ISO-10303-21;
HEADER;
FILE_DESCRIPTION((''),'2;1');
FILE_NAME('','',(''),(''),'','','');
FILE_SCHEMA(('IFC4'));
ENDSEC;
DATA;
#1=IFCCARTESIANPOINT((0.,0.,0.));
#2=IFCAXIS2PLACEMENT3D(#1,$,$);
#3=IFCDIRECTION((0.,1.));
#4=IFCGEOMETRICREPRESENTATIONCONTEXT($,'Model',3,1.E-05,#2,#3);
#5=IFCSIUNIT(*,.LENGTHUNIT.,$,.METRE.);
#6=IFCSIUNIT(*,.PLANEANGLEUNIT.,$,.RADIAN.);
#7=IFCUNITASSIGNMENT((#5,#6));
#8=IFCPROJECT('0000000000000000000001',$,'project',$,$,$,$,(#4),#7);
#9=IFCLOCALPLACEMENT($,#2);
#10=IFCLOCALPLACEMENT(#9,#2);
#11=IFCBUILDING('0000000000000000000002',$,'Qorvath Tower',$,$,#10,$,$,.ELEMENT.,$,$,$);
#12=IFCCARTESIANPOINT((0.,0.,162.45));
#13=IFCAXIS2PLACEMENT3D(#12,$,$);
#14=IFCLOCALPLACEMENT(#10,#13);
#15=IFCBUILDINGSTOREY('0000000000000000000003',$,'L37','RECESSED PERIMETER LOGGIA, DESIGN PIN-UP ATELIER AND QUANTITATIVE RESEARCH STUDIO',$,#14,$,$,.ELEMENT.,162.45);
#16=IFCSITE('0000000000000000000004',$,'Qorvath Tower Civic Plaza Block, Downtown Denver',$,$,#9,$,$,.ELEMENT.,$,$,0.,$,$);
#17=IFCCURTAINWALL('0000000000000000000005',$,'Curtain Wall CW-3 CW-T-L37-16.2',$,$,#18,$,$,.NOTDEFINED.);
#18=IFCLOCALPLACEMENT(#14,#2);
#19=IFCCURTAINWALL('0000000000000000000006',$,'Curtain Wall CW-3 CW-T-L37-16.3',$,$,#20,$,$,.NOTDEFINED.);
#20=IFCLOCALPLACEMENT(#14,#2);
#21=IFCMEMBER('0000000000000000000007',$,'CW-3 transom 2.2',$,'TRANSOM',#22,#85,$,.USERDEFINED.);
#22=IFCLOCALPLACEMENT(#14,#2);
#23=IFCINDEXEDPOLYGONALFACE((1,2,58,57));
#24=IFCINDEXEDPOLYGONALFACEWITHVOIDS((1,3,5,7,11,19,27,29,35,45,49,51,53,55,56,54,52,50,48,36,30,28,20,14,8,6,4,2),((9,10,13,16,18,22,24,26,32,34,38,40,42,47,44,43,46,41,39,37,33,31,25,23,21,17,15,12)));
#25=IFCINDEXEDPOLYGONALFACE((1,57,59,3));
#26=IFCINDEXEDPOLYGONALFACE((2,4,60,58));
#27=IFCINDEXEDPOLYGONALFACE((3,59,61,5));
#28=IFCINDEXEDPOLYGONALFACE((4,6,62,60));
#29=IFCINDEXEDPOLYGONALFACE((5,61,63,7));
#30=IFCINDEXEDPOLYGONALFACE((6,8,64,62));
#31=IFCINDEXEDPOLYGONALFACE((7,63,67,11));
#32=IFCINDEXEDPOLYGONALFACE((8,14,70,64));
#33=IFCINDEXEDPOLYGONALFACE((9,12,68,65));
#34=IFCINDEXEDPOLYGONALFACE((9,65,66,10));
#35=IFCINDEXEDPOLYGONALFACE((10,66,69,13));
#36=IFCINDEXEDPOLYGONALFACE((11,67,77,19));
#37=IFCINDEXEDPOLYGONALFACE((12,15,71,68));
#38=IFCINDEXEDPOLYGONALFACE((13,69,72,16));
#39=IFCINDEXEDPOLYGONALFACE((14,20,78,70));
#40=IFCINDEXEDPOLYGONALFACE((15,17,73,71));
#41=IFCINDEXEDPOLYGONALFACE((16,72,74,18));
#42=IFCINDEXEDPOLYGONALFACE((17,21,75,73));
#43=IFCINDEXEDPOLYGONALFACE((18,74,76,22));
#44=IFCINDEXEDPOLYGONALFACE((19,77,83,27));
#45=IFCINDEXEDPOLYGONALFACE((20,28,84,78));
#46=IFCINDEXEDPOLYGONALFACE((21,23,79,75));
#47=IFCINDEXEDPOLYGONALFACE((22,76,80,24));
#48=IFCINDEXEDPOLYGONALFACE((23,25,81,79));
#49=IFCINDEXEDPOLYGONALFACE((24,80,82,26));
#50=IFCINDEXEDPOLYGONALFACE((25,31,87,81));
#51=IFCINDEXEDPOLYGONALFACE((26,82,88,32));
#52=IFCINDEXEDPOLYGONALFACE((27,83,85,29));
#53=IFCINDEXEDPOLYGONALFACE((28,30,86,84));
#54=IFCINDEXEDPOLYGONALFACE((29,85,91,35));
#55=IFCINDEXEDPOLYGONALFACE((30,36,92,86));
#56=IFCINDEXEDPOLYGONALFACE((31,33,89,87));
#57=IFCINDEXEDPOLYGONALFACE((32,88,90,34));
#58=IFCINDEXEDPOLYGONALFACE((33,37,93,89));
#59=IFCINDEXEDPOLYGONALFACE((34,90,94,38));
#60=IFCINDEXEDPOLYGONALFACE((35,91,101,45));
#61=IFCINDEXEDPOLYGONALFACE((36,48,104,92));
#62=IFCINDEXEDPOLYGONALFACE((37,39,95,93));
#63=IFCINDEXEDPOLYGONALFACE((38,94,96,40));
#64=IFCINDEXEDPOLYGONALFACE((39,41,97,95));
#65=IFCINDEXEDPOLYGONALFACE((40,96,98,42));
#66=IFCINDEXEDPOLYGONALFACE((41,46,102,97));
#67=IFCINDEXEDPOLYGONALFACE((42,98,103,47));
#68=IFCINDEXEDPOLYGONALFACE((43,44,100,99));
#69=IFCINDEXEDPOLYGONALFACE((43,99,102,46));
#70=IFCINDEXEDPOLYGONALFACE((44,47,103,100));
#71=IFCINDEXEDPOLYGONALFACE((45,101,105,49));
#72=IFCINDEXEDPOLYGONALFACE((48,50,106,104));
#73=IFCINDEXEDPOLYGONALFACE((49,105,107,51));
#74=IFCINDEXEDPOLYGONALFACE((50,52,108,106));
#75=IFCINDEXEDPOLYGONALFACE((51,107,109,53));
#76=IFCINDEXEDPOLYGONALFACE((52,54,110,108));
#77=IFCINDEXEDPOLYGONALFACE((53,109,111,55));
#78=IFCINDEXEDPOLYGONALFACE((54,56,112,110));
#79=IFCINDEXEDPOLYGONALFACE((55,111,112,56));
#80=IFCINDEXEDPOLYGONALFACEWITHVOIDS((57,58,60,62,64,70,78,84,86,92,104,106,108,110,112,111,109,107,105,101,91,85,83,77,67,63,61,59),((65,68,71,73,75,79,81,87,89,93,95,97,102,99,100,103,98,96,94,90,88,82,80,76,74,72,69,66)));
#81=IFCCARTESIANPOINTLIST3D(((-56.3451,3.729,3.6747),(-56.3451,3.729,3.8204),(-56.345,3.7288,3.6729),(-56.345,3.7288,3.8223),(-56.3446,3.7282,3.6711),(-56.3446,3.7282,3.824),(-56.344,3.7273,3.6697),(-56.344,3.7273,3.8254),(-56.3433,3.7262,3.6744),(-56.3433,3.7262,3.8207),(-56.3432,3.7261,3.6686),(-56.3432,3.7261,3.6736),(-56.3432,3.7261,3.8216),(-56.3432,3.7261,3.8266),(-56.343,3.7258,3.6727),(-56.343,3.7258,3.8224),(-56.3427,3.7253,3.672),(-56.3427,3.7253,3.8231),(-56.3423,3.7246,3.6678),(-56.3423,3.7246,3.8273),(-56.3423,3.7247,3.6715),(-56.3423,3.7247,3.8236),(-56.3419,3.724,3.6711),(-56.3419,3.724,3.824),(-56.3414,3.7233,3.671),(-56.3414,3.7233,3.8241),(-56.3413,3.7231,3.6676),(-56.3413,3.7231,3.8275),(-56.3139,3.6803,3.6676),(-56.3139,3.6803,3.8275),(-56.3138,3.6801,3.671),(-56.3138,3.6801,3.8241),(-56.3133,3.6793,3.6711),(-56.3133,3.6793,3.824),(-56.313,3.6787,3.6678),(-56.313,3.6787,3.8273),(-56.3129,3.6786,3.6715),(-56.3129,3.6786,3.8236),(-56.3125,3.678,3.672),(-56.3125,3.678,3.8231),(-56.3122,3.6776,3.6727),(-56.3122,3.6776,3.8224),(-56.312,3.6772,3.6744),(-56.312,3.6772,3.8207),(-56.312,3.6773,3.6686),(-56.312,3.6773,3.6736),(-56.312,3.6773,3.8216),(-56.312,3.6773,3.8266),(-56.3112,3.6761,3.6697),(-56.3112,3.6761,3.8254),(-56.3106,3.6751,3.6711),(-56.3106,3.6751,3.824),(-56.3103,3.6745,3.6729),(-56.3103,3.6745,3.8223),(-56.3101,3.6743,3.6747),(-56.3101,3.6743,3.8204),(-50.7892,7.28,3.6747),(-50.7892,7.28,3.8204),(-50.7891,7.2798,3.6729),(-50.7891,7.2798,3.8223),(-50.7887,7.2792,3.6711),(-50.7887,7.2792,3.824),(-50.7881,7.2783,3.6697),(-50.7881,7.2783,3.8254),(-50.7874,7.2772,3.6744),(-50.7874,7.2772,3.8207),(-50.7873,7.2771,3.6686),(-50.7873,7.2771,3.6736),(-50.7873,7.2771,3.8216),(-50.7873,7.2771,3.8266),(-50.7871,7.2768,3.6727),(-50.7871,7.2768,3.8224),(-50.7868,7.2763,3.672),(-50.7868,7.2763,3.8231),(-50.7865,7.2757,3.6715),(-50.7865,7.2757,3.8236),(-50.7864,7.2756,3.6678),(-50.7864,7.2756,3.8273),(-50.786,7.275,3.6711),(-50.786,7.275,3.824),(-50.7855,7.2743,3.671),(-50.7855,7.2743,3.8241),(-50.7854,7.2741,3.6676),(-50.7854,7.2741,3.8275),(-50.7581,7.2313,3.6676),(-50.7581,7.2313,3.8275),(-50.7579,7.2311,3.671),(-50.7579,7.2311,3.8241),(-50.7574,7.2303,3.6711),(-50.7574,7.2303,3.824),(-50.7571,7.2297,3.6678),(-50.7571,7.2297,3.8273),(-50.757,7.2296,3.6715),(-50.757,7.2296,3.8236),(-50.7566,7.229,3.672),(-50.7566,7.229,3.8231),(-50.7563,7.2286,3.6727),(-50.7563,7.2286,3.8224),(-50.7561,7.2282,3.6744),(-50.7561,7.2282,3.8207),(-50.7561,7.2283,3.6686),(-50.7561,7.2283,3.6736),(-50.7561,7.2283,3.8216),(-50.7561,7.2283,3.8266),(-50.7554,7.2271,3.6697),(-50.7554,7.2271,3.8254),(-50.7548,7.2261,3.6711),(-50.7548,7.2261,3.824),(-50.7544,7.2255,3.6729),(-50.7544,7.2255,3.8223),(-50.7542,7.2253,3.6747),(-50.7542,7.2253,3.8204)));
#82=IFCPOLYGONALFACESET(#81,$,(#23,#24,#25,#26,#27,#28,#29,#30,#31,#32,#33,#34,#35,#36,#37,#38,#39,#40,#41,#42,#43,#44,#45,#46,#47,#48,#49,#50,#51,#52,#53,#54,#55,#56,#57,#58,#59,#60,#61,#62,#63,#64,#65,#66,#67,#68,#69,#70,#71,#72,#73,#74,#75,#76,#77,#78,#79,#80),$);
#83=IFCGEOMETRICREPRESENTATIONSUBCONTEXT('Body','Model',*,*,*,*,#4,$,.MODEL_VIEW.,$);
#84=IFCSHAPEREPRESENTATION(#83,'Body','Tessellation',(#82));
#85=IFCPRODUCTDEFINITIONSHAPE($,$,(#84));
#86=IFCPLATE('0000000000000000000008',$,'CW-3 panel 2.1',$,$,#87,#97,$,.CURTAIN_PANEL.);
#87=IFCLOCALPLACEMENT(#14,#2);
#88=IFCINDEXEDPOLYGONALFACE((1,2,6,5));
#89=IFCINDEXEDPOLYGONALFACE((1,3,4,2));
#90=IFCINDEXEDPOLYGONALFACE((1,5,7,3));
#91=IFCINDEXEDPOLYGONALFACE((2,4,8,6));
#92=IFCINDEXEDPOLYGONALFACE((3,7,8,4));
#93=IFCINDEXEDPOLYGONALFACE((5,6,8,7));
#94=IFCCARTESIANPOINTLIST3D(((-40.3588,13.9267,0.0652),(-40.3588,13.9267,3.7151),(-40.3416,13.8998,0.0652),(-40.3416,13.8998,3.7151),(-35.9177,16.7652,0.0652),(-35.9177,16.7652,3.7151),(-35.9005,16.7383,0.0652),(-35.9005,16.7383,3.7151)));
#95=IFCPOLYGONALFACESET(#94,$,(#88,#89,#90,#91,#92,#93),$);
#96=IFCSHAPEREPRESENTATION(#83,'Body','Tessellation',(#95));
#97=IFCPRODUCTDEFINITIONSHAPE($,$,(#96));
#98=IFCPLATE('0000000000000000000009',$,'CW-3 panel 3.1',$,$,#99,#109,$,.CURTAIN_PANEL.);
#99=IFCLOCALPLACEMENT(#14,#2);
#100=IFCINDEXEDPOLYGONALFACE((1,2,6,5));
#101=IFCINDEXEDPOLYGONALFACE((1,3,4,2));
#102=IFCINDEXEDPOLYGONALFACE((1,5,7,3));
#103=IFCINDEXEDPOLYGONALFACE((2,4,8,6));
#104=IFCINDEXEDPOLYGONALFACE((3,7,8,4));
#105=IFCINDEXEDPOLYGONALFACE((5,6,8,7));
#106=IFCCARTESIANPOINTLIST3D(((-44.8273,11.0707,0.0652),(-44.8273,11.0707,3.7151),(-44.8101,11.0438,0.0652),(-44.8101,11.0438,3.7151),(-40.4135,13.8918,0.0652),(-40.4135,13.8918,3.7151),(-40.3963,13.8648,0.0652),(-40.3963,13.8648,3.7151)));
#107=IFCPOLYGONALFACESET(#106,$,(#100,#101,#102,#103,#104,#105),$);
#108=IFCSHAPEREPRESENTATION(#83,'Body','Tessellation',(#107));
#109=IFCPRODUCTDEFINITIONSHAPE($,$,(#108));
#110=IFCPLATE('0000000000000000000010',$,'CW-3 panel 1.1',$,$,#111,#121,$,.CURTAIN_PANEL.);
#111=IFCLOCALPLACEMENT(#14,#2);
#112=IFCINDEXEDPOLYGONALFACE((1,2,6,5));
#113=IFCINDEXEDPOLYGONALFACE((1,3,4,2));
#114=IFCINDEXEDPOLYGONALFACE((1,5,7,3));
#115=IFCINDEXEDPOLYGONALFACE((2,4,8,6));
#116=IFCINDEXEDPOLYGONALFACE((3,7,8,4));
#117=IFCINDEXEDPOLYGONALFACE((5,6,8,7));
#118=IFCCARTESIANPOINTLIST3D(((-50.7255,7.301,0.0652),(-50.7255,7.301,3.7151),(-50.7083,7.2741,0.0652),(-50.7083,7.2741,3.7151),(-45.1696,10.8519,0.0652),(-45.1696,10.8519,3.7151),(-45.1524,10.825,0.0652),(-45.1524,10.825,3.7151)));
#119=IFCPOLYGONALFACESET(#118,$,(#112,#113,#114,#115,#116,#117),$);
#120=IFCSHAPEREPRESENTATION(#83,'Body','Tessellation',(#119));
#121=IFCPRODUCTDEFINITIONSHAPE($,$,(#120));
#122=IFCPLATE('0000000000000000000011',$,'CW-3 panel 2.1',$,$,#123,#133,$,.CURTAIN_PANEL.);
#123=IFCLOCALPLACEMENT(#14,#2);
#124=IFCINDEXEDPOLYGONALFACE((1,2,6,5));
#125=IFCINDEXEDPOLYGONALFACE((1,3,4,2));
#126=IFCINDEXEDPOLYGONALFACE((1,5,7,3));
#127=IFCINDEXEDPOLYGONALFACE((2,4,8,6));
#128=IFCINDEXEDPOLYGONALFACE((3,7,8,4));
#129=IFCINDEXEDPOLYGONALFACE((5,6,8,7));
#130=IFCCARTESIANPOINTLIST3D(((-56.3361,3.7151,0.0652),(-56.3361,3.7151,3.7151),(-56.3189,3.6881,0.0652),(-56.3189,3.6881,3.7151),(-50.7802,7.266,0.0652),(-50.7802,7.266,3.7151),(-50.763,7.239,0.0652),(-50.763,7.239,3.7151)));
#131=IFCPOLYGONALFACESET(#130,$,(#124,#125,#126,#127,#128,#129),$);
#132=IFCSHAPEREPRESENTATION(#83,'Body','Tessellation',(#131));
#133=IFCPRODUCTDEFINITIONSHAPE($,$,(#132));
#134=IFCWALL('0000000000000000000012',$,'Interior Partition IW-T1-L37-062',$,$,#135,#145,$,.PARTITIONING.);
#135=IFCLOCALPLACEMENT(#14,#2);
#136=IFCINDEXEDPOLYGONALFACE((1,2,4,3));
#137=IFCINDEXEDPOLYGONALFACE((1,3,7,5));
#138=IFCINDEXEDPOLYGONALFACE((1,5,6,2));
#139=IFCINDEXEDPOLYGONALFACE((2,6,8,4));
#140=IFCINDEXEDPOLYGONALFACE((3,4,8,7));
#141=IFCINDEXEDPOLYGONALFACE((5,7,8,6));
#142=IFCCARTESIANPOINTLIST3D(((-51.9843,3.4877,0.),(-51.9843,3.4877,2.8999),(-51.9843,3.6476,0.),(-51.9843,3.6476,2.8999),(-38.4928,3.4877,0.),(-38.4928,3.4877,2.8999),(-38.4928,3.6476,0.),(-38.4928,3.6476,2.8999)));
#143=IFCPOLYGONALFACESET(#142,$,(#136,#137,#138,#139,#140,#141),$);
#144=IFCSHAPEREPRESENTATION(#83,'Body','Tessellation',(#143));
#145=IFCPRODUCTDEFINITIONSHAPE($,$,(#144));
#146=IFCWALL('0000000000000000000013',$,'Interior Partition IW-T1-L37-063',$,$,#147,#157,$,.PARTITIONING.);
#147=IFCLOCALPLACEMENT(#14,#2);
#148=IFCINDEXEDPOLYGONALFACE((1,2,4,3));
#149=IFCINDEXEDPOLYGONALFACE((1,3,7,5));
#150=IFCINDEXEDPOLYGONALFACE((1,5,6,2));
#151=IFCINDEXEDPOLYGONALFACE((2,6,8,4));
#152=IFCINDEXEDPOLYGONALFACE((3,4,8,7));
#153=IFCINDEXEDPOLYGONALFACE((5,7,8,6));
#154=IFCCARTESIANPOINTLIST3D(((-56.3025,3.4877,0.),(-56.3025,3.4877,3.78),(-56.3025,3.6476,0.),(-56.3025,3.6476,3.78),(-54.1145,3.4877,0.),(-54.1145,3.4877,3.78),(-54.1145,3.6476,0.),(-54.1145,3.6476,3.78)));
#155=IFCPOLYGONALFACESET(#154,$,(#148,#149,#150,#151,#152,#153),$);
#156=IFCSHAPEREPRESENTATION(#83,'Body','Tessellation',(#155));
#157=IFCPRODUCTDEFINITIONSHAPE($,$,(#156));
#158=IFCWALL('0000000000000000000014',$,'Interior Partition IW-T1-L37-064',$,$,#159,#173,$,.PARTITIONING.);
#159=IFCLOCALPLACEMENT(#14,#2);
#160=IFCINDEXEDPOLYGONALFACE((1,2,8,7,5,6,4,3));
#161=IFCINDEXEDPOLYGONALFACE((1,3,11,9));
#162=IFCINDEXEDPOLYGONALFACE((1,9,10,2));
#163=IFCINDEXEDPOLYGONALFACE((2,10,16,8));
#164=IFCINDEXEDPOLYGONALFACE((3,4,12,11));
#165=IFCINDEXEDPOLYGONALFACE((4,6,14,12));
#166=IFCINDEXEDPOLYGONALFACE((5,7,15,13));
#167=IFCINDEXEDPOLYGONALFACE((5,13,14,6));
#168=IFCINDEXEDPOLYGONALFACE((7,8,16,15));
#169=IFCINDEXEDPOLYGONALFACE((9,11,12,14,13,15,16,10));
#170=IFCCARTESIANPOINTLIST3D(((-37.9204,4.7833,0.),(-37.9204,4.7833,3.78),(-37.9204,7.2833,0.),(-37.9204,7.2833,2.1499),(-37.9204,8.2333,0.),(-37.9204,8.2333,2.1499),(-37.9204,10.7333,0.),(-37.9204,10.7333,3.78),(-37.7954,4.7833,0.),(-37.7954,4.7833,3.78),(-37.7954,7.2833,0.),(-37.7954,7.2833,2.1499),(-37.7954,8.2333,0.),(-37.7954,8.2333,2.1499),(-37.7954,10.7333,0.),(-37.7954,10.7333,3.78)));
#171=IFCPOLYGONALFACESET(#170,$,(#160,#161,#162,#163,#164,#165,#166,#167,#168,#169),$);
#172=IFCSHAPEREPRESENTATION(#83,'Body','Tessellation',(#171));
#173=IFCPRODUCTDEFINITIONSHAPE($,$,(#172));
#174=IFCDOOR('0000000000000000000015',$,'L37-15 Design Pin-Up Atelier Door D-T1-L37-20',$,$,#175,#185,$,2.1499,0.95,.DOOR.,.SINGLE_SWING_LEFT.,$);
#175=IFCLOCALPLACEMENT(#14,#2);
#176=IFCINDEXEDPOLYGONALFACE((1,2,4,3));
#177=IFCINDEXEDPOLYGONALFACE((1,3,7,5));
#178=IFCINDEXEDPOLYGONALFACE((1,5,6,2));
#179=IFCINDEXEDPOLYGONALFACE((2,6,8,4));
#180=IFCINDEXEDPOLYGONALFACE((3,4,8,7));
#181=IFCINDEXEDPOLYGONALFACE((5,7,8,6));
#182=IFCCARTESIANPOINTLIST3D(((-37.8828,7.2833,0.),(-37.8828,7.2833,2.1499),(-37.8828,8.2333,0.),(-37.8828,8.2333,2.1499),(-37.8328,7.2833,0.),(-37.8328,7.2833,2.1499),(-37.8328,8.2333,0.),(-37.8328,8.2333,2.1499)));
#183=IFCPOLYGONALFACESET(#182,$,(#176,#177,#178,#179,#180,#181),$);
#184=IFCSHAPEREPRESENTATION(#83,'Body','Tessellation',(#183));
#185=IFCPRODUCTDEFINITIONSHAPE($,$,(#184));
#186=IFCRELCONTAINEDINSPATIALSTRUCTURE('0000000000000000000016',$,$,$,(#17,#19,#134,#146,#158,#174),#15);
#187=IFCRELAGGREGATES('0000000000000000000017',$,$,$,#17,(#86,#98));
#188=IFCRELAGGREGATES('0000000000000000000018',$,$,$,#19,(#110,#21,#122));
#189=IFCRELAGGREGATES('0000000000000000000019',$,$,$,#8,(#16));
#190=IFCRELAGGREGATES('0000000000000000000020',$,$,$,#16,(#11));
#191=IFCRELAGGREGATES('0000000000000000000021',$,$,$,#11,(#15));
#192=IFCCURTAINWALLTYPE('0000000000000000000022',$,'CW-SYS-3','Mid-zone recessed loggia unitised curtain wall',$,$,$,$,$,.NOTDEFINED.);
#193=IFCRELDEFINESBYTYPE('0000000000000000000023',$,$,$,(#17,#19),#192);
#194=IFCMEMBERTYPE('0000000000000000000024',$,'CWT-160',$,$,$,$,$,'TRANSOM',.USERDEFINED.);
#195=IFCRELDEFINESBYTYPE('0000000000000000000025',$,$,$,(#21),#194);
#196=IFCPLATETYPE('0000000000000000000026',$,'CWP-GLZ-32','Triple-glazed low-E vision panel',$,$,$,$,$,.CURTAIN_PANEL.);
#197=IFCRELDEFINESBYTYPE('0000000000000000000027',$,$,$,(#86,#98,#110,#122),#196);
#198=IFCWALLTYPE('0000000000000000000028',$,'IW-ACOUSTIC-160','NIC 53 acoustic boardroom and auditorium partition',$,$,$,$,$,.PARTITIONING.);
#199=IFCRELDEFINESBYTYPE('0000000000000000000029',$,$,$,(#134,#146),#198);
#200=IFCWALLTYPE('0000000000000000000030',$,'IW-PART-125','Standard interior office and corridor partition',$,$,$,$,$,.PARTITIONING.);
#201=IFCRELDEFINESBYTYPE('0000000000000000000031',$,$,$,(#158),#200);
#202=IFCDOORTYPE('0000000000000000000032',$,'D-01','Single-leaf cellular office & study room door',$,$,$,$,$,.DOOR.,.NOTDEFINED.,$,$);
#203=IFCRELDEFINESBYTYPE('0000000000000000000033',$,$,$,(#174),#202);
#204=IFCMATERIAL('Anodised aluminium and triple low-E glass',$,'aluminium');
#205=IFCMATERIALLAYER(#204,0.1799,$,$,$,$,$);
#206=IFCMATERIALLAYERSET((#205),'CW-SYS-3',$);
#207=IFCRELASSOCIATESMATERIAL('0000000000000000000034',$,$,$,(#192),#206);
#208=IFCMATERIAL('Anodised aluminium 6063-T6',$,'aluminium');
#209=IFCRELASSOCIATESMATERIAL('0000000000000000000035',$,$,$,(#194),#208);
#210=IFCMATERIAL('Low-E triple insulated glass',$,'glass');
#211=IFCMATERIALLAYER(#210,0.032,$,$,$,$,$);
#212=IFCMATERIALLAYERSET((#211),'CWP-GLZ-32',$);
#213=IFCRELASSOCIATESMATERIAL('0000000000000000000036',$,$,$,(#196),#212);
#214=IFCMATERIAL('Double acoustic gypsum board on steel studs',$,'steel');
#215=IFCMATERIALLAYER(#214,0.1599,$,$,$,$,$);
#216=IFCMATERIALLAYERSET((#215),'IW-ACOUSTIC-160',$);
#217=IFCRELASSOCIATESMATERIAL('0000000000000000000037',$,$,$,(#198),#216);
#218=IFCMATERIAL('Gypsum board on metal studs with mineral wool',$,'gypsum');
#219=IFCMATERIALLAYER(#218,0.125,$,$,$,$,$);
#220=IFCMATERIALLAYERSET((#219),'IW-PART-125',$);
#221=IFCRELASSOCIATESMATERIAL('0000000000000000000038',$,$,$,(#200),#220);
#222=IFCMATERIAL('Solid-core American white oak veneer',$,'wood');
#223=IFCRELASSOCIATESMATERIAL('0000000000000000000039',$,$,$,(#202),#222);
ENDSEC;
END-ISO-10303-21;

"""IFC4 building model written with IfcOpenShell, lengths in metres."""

from ifc_helpers import new_model, si_unit, direction, frame, frame_2d, origin, origin_2d, place, context, subcontext, project, spatial, rectangle, hollow_rectangle, extrude, material, layer, layer_set, material_profile, profile_set, type_object, element, fill, aggregate, save


model = new_model("IFC4")

# Units and contexts
model_context = context("Model", 3, precision=1e-05, world=origin(), true_north=direction((0.0, 1.0)))
body_context = subcontext(model_context, "Body", "Model", "MODEL_VIEW")
ifc_project = project(units=[si_unit("LENGTHUNIT", "METRE"), si_unit("PLANEANGLEUNIT", "RADIAN")], contexts=[model_context])

# Site, building, storey
site_placement = place(None, origin())
site = spatial("IfcSite", under=ifc_project, at=site_placement, Name="Qorvath Tower Civic Plaza Block, Downtown Denver", CompositionType="ELEMENT", RefElevation=0.0)
building_placement = place(site_placement, origin())
building = spatial("IfcBuilding", under=site, at=building_placement, Name="Qorvath Tower", CompositionType="ELEMENT")
storey_placement = place(building_placement, frame((0.0, 0.0, 162.45)))
storey = spatial("IfcBuildingStorey", under=building, at=storey_placement, Name="L37", Description="RECESSED PERIMETER LOGGIA, DESIGN PIN-UP ATELIER AND QUANTITATIVE RESEARCH STUDIO", CompositionType="ELEMENT", Elevation=162.45)

# Curtain walls
ifc_material_1 = material(Name="Anodised aluminium and triple low-E glass", Category="aluminium")
ifc_layer_1 = layer(ifc_material_1, 0.1799)
ifc_layer_set_1 = layer_set([ifc_layer_1], Name="CW-SYS-3")
curtain_wall_type = type_object("IfcCurtainWallType", Name="CW-SYS-3", Description="Mid-zone recessed loggia unitised curtain wall", PredefinedType="NOTDEFINED", material=ifc_layer_set_1)
curtain_wall_1_placement = place(storey_placement, origin())
curtain_wall_1 = element("IfcCurtainWall", 1, at=curtain_wall_1_placement, inside=storey, type_object=curtain_wall_type, Name="Curtain Wall CW-3 CW-T-L37-16.2", PredefinedType="NOTDEFINED")
curtain_wall_2_placement = place(storey_placement, origin())
curtain_wall_2 = element("IfcCurtainWall", 2, at=curtain_wall_2_placement, inside=storey, type_object=curtain_wall_type, Name="Curtain Wall CW-3 CW-T-L37-16.3", PredefinedType="NOTDEFINED")

# Member
ifc_material_2 = material(Name="Anodised aluminium 6063-T6", Category="aluminium")
ifc_material_profile_1 = material_profile(ifc_material_2, hollow_rectangle(XDim=0.0649, YDim=0.1599, WallThickness=0.0034, InnerFilletRadius=0.0034, OuterFilletRadius=0.0071, at=origin_2d()), Name="CWT 160x65")
ifc_profile_set_1 = profile_set([ifc_material_profile_1], Name="Anodised aluminium 6063-T6")
member_type_1 = type_object("IfcMemberType", Name="CWT-160", ElementType="TRANSOM", PredefinedType="USERDEFINED", material=ifc_profile_set_1)
member_1_placement = place(storey_placement, frame((-50.7717, 7.2527, 3.7476), z_axis=(-0.842599, -0.538542, 0.0), x_axis=(0.538542, -0.842599, 0.0)))
member_1 = element("IfcMember", 3, at=member_1_placement, type_object=member_type_1, Name="CW-3 transom 2.2", ObjectType="TRANSOM", PredefinedType="USERDEFINED", context=body_context, shape_type="SweptSolid", body=[
    extrude(hollow_rectangle(XDim=0.0649, YDim=0.1599, WallThickness=0.0034, InnerFilletRadius=0.0034, OuterFilletRadius=0.0071, at=origin_2d()), origin(), (0.0, 0.0, 1.0), 6.5938),
])

# Plates
ifc_material_3 = material(Name="Low-E triple insulated glass", Category="glass")
ifc_layer_2 = layer(ifc_material_3, 0.032)
ifc_layer_set_2 = layer_set([ifc_layer_2], Name="CWP-GLZ-32")
plate_type = type_object("IfcPlateType", Name="CWP-GLZ-32", Description="Triple-glazed low-E vision panel", PredefinedType="CURTAIN_PANEL", material=ifc_layer_set_2)
plate_1_placement = place(storey_placement, frame((-38.1296, 15.3325, 0.0652), z_axis=(0.0, 0.0, 1.0), x_axis=(-0.8426, -0.538539, 0.0)))
plate_1 = element("IfcPlate", 4, at=plate_1_placement, type_object=plate_type, Name="CW-3 panel 2.1", PredefinedType="CURTAIN_PANEL", context=body_context, shape_type="SweptSolid", body=[
    extrude(rectangle(XDim=5.2708, YDim=0.032, at=origin_2d()), origin(), (0.0, 0.0, 1.0), 3.6499),
])
plate_2_placement = place(storey_placement, frame((-42.6118, 12.4678, 0.0652), z_axis=(0.0, 0.0, 1.0), x_axis=(-0.8426, -0.538539, 0.0)))
plate_2 = element("IfcPlate", 5, at=plate_2_placement, type_object=plate_type, Name="CW-3 panel 3.1", PredefinedType="CURTAIN_PANEL", context=body_context, shape_type="SweptSolid", body=[
    extrude(rectangle(XDim=5.2383, YDim=0.032, at=origin_2d()), origin(), (0.0, 0.0, 1.0), 3.6499),
])
aggregate(curtain_wall_1, [plate_1, plate_2])
plate_3_placement = place(storey_placement, frame((-47.939, 9.063, 0.0652), z_axis=(0.0, 0.0, 1.0), x_axis=(-0.842607, -0.538529, 0.0)))
plate_3 = element("IfcPlate", 6, at=plate_3_placement, type_object=plate_type, Name="CW-3 panel 1.1", PredefinedType="CURTAIN_PANEL", context=body_context, shape_type="SweptSolid", body=[
    extrude(rectangle(XDim=6.5938, YDim=0.032, at=origin_2d()), origin(), (0.0, 0.0, 1.0), 3.6499),
])
plate_4_placement = place(storey_placement, frame((-53.5496, 5.4771, 0.0652), z_axis=(0.0, 0.0, 1.0), x_axis=(-0.842607, -0.538529, 0.0)))
plate_4 = element("IfcPlate", 7, at=plate_4_placement, type_object=plate_type, Name="CW-3 panel 2.1", PredefinedType="CURTAIN_PANEL", context=body_context, shape_type="SweptSolid", body=[
    extrude(rectangle(XDim=6.5938, YDim=0.032, at=origin_2d()), origin(), (0.0, 0.0, 1.0), 3.6499),
])
aggregate(curtain_wall_2, [plate_3, member_1, plate_4])

# Walls
ifc_material_4 = material(Name="Double acoustic gypsum board on steel studs", Category="steel")
ifc_layer_3 = layer(ifc_material_4, 0.1599)
ifc_layer_set_3 = layer_set([ifc_layer_3], Name="IW-ACOUSTIC-160")
wall_type_1 = type_object("IfcWallType", Name="IW-ACOUSTIC-160", Description="NIC 53 acoustic boardroom and auditorium partition", PredefinedType="PARTITIONING", material=ifc_layer_set_3)
wall_1_placement = place(storey_placement, frame((-38.4929, 3.5676, 0.0), z_axis=(0.0, 0.0, 1.0), x_axis=(-1.0, 0.0, 0.0)))
element("IfcWall", 8, at=wall_1_placement, inside=storey, type_object=wall_type_1, Name="Interior Partition IW-T1-L37-062", PredefinedType="PARTITIONING", context=body_context, shape_type="SweptSolid", body=[
    extrude(rectangle(XDim=13.4915, YDim=0.1599, at=frame_2d((6.7456, 0.0))), origin(), (0.0, 0.0, 1.0), 2.8999),
])
wall_2_placement = place(storey_placement, frame((-54.1145, 3.5676, 0.0), z_axis=(0.0, 0.0, 1.0), x_axis=(-1.0, 0.0, 0.0)))
element("IfcWall", 9, at=wall_2_placement, inside=storey, type_object=wall_type_1, Name="Interior Partition IW-T1-L37-063", PredefinedType="PARTITIONING", context=body_context, shape_type="SweptSolid", body=[
    extrude(rectangle(XDim=2.188, YDim=0.1599, at=frame_2d((1.094, 0.0))), origin(), (0.0, 0.0, 1.0), 3.78),
])

# Wall, opening, door
ifc_material_5 = material(Name="Gypsum board on metal studs with mineral wool", Category="gypsum")
ifc_layer_4 = layer(ifc_material_5, 0.125)
ifc_layer_set_4 = layer_set([ifc_layer_4], Name="IW-PART-125")
wall_type_2 = type_object("IfcWallType", Name="IW-PART-125", Description="Standard interior office and corridor partition", PredefinedType="PARTITIONING", material=ifc_layer_set_4)
wall_3_placement = place(storey_placement, frame((-37.8579, 4.7832, 0.0), z_axis=(0.0, 0.0, 1.0), x_axis=(0.0, 1.0, 0.0)))
wall_3 = element("IfcWall", 10, at=wall_3_placement, inside=storey, type_object=wall_type_2, Name="Interior Partition IW-T1-L37-064", PredefinedType="PARTITIONING", context=body_context, shape_type="SweptSolid", body=[
    extrude(rectangle(XDim=5.95, YDim=0.125, at=frame_2d((2.9751, 0.0))), origin(), (0.0, 0.0, 1.0), 3.78),
])
opening_placement = place(wall_3_placement, frame((2.5, 0.0, 0.0)))
opening = element("IfcOpeningElement", 11, at=opening_placement, cuts=wall_3, PredefinedType="OPENING", context=body_context, shape_type="SweptSolid", body=[
    extrude(rectangle(XDim=0.95, YDim=2.1499, at=frame_2d((0.4751, 1.075))), frame((0.0, 0.0725, 0.0), z_axis=(0.0, -1.0, 0.0), x_axis=(1.0, 0.0, 0.0)), (0.0, 0.0, 1.0), 0.145),
])
ifc_material_6 = material(Name="Solid-core American white oak veneer", Category="wood")
door_type = type_object("IfcDoorType", Name="D-01", Description="Single-leaf cellular office & study room door", OperationType="NOTDEFINED", PredefinedType="DOOR", material=ifc_material_6)
door_placement = place(opening_placement, origin())
door = element("IfcDoor", 12, at=door_placement, inside=storey, type_object=door_type, Name="L37-15 Design Pin-Up Atelier Door D-T1-L37-20", OperationType="SINGLE_SWING_LEFT", OverallHeight=2.1499, OverallWidth=0.95, PredefinedType="DOOR", context=body_context, shape_type="SweptSolid", body=[
    extrude(rectangle(XDim=0.95, YDim=2.1499, at=frame_2d((0.4751, 1.075))), frame((0.0, 0.0249, 0.0), z_axis=(0.0, -1.0, 0.0), x_axis=(1.0, 0.0, 0.0)), (0.0, 0.0, 1.0), 0.05),
])
fill(opening, door)

save(model, "model.ifc")
